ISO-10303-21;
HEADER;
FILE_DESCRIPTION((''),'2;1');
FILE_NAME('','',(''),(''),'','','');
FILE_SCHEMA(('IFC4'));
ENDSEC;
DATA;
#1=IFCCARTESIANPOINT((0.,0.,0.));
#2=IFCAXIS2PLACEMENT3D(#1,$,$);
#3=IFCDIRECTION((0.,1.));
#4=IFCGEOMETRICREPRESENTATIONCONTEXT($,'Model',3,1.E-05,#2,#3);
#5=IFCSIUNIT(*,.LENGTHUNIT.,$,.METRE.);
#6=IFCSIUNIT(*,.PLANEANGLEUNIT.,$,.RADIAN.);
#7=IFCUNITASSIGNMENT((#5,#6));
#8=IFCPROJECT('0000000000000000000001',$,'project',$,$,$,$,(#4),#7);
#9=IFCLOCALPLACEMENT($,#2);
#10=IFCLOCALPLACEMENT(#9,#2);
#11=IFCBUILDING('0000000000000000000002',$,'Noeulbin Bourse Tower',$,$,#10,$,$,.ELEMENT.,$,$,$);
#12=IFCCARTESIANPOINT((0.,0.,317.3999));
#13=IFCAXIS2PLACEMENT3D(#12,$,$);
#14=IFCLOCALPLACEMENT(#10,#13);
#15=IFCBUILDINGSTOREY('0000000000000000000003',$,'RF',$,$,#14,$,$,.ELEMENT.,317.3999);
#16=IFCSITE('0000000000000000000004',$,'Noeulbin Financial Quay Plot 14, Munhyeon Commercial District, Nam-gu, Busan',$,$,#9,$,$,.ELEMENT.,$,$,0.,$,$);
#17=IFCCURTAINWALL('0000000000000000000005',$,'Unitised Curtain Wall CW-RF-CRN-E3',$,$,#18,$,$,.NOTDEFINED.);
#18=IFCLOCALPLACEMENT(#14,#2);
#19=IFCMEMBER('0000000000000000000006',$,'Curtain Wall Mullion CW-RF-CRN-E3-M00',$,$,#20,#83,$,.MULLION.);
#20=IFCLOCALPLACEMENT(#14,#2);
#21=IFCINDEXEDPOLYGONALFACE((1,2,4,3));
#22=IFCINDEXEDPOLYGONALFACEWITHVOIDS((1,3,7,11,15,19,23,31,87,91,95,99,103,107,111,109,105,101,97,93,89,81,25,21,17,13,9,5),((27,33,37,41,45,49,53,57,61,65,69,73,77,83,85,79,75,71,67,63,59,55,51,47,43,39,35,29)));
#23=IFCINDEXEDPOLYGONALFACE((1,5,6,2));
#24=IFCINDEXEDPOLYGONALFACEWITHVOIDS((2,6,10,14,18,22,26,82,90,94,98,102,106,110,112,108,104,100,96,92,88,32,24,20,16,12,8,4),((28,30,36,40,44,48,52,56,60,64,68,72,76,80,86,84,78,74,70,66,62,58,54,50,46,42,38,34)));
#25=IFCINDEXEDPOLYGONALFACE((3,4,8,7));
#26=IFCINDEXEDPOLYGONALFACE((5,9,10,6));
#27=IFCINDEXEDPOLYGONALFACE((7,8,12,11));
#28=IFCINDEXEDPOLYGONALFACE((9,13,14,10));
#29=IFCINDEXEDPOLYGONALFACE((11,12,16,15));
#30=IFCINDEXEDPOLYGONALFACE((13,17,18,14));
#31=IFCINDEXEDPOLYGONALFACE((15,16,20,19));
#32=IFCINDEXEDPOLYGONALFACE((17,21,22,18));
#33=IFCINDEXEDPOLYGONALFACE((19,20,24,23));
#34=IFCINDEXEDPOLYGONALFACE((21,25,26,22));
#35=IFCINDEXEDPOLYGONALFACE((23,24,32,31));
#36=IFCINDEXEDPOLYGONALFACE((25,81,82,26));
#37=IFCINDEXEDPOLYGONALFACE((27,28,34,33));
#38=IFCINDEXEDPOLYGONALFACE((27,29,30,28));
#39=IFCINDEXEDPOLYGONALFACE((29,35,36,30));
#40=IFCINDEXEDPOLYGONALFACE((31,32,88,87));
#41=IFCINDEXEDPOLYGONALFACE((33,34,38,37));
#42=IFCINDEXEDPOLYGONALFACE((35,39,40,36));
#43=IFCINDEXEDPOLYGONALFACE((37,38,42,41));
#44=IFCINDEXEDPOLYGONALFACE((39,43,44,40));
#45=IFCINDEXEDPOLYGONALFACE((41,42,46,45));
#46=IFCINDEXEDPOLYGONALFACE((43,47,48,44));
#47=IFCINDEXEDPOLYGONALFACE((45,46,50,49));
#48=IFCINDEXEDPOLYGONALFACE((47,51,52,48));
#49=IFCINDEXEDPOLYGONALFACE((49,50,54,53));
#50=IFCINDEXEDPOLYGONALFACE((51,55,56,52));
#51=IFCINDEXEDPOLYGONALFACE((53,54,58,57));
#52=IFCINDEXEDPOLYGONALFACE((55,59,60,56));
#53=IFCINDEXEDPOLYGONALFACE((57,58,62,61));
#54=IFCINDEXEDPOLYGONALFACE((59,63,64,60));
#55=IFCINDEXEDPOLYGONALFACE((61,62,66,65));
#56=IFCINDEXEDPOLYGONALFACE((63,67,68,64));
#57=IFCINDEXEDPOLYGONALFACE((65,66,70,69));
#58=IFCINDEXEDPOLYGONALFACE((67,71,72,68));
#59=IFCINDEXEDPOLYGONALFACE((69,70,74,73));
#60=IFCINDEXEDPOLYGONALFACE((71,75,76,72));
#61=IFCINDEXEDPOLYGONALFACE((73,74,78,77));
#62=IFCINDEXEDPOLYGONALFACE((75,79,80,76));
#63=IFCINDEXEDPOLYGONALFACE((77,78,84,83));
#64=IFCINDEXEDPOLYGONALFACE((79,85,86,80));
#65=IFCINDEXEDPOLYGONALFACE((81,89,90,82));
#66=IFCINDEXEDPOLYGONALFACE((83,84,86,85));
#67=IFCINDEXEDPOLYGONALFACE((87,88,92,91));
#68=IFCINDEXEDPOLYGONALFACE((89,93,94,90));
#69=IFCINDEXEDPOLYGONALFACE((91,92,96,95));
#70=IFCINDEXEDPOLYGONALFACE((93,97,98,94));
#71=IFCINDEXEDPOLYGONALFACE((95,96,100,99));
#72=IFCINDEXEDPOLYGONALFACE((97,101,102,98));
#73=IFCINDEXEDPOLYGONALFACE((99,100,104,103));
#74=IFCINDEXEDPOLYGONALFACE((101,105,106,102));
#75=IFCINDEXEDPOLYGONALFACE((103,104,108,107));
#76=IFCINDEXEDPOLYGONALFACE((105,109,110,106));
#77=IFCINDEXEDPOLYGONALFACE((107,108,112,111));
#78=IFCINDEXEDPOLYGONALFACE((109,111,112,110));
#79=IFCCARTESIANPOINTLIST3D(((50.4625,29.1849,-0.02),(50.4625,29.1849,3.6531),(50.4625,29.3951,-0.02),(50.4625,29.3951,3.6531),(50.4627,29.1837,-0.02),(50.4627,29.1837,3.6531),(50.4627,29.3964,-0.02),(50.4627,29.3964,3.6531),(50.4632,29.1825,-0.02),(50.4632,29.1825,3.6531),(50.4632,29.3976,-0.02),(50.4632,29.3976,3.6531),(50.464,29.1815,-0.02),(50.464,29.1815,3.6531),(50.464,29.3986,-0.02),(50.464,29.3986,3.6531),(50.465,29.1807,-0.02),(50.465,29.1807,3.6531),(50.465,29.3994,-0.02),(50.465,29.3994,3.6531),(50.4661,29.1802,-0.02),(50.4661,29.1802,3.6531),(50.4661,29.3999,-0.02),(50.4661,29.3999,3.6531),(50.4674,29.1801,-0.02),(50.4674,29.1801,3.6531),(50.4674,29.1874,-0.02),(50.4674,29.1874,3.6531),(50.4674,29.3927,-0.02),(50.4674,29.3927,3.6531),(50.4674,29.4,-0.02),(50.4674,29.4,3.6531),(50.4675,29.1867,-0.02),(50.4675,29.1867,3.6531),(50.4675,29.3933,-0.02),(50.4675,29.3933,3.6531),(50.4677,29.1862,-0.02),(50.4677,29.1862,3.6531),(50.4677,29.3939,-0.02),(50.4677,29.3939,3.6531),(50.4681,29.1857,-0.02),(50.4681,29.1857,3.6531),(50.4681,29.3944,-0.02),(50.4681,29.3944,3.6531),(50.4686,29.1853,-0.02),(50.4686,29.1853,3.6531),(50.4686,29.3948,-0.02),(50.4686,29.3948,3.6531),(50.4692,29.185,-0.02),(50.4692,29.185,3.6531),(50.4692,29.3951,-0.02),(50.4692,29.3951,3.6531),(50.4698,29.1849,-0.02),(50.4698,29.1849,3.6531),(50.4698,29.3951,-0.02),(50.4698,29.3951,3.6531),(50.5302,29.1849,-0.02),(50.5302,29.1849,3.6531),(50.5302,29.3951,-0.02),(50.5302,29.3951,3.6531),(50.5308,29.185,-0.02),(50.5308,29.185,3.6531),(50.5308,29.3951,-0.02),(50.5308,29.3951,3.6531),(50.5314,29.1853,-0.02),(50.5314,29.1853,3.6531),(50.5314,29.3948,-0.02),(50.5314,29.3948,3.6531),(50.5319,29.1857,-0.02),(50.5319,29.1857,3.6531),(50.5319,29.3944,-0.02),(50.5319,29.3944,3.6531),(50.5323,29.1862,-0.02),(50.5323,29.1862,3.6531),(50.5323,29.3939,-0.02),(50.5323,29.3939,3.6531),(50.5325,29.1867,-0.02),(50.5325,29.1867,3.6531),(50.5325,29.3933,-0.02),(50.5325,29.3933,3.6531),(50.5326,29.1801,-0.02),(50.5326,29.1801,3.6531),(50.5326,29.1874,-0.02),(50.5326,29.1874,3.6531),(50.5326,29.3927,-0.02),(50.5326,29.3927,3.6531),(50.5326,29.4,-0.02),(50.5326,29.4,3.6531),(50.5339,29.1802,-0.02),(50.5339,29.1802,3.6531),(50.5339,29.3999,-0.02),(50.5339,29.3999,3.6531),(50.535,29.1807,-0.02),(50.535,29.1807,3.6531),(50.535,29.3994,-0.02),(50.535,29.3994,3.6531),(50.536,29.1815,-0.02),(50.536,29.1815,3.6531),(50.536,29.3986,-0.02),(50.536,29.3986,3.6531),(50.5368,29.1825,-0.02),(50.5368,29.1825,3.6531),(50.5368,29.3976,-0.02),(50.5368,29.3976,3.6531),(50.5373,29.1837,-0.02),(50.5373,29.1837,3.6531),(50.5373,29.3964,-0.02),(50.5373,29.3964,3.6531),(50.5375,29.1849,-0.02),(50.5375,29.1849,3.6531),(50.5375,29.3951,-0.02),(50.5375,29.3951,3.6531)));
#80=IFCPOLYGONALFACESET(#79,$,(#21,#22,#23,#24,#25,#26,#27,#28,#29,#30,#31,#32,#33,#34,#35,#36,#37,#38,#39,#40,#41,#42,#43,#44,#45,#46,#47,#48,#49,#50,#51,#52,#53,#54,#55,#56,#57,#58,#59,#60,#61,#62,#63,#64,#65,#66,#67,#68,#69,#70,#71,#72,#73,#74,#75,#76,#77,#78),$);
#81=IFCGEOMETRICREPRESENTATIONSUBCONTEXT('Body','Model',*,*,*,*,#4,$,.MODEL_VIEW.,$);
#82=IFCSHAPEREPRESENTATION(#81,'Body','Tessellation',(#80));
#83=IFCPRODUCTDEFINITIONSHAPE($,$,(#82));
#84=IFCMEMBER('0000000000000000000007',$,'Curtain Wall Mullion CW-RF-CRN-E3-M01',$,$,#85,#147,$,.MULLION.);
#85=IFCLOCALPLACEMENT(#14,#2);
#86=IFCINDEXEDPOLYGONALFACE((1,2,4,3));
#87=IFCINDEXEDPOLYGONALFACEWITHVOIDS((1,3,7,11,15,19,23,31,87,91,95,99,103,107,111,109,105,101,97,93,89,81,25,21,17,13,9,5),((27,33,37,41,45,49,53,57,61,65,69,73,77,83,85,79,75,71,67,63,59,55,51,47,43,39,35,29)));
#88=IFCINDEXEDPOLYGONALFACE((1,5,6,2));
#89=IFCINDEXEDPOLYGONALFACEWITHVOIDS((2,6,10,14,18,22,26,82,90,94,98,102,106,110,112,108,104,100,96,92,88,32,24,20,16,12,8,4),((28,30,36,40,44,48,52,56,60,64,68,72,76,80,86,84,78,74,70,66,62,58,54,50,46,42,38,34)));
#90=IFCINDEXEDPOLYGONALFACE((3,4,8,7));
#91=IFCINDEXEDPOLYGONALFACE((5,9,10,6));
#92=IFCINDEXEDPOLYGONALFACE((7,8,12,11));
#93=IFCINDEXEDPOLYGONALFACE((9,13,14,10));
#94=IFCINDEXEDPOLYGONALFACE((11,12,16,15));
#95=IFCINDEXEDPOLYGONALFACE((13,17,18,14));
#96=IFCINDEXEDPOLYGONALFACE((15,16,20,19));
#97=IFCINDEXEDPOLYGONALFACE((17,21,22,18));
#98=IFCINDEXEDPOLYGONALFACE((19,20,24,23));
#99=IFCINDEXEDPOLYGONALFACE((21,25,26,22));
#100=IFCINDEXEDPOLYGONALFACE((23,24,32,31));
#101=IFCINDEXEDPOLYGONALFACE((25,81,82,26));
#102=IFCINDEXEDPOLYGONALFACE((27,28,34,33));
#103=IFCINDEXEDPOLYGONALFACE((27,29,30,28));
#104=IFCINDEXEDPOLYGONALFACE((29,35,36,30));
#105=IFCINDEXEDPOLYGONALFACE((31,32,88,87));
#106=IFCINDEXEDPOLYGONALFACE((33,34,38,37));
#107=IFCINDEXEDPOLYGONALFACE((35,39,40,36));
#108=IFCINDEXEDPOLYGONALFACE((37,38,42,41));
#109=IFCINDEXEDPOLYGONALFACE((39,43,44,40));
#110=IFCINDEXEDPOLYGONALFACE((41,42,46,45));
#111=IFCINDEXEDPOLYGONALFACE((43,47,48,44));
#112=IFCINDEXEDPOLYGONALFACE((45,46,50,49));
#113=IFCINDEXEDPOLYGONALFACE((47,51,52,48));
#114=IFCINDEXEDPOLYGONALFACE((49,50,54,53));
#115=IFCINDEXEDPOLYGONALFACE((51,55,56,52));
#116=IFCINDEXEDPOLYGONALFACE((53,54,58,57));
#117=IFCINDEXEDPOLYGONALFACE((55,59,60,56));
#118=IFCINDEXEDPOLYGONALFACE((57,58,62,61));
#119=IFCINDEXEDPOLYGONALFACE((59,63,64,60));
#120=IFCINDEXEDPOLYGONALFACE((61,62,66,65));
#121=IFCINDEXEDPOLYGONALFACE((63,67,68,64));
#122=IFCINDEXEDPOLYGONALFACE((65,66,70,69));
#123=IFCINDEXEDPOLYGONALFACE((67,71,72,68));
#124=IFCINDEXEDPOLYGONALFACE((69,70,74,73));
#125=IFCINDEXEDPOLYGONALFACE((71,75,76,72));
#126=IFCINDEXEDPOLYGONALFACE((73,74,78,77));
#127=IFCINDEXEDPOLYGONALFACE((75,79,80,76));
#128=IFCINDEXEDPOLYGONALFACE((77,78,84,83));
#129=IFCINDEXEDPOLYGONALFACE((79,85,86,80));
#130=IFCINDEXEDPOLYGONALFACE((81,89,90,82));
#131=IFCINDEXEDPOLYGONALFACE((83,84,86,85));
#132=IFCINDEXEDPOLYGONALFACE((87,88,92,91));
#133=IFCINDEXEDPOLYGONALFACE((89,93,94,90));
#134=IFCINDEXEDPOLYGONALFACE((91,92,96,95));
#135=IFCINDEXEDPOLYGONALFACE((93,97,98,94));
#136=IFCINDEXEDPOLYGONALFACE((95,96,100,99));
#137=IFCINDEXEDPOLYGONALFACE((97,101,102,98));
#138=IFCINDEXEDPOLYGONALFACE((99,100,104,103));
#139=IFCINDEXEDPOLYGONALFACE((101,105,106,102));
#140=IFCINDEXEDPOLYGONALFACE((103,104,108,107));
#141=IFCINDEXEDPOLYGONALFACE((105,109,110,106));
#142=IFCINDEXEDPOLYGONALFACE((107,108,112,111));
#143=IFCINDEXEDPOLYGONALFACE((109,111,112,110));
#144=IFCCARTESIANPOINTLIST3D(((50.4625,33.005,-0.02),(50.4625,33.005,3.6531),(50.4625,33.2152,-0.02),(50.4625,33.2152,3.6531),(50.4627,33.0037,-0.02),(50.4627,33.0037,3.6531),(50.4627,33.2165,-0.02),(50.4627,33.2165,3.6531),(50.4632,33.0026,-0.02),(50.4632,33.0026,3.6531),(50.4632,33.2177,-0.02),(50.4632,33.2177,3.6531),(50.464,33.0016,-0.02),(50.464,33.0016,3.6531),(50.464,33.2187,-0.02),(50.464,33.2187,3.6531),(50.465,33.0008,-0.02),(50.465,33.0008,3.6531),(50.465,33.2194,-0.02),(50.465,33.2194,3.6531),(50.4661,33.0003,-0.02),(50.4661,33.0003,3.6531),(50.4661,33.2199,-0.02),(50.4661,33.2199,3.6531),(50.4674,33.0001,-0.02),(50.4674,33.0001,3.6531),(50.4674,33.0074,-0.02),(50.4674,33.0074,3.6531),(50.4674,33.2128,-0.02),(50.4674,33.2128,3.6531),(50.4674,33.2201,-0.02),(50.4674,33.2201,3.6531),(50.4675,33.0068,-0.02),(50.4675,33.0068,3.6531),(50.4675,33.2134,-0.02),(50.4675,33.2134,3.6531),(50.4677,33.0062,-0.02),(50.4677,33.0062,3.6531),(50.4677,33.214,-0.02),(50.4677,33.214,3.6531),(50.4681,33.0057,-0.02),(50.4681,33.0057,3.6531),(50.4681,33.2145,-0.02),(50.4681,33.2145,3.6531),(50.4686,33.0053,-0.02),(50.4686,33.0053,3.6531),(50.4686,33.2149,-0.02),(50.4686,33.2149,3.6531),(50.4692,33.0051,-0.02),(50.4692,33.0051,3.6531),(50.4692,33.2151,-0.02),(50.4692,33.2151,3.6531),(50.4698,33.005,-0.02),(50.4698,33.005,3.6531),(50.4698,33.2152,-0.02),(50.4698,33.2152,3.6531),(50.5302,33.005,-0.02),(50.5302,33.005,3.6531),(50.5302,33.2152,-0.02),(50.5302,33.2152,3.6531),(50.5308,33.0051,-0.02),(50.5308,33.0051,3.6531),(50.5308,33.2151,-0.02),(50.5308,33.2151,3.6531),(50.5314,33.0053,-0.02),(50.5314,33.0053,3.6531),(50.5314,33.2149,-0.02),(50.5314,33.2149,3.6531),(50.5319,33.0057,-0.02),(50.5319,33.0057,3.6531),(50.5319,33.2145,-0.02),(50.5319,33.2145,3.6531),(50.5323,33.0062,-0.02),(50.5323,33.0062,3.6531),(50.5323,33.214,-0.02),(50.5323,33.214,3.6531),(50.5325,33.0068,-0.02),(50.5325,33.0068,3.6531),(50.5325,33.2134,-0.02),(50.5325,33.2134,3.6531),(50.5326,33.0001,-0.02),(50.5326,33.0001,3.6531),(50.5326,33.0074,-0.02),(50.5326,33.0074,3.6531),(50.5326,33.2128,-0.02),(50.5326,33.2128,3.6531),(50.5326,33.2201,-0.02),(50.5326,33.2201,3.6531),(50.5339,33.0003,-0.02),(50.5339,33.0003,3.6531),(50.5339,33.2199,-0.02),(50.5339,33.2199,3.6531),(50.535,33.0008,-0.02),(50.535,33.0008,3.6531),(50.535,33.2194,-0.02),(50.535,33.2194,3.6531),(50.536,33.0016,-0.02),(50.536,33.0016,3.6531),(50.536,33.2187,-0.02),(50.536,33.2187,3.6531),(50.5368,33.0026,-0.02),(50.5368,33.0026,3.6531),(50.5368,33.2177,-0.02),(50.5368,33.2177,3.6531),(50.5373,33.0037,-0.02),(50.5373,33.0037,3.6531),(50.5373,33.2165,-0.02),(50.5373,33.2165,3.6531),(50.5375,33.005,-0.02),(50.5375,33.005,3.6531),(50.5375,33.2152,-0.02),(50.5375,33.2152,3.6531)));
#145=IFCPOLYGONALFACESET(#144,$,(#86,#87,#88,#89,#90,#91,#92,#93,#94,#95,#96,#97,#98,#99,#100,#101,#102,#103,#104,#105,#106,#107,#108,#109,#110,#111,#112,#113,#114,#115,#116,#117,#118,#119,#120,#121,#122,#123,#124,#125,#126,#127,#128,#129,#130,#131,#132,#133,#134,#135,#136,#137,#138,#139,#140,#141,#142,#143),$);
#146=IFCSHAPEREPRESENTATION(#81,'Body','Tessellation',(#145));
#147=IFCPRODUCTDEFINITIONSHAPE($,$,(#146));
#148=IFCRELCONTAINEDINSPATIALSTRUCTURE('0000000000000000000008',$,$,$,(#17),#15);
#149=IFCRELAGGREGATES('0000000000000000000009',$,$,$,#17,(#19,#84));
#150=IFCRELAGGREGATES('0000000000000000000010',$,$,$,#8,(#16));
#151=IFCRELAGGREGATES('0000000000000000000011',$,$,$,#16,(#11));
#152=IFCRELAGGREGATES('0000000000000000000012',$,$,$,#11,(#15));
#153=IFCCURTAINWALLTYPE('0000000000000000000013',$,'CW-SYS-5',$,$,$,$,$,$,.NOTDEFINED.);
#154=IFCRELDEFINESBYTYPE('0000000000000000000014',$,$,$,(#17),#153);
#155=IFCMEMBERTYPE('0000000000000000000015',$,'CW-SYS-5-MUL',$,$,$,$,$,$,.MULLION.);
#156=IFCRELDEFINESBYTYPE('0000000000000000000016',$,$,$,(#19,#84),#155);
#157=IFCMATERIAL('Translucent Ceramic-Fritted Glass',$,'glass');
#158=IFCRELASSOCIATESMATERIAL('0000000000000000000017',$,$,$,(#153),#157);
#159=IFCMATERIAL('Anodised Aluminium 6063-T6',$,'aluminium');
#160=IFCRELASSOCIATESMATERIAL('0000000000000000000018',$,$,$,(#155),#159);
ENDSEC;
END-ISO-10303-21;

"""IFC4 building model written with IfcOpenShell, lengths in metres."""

from ifc_helpers import new_model, si_unit, direction, frame, origin, origin_2d, place, context, subcontext, project, spatial, hollow_rectangle, extrude, material, material_profile, profile_set, type_object, element, aggregate, save


model = new_model("IFC4")

# Units and contexts
model_context = context("Model", 3, precision=1e-05, world=origin(), true_north=direction((0.0, 1.0)))
body_context = subcontext(model_context, "Body", "Model", "MODEL_VIEW")
ifc_project = project(units=[si_unit("LENGTHUNIT", "METRE"), si_unit("PLANEANGLEUNIT", "RADIAN")], contexts=[model_context])

# Site, building, storey
site_placement = place(None, origin())
site = spatial("IfcSite", under=ifc_project, at=site_placement, Name="Noeulbin Financial Quay Plot 14, Munhyeon Commercial District, Nam-gu, Busan", CompositionType="ELEMENT", RefElevation=0.0)
building_placement = place(site_placement, origin())
building = spatial("IfcBuilding", under=site, at=building_placement, Name="Noeulbin Bourse Tower", CompositionType="ELEMENT")
storey_placement = place(building_placement, frame((0.0, 0.0, 317.3999)))
storey = spatial("IfcBuildingStorey", under=building, at=storey_placement, Name="RF", CompositionType="ELEMENT", Elevation=317.3999)

# Curtain wall, members
ifc_material_1 = material(Name="Translucent Ceramic-Fritted Glass", Category="glass")
curtain_wall_type = type_object("IfcCurtainWallType", Name="CW-SYS-5", PredefinedType="NOTDEFINED", material=ifc_material_1)
ifc_material_2 = material(Name="Anodised Aluminium 6063-T6", Category="aluminium")
ifc_material_profile_1 = material_profile(ifc_material_2, hollow_rectangle(XDim=0.075, YDim=0.22, WallThickness=0.0049, InnerFilletRadius=0.0024, OuterFilletRadius=0.0049, at=origin_2d()), Name="ALU-MULL-75x220x5", Category="LoadBearing")
ifc_profile_set_1 = profile_set([ifc_material_profile_1], Name="Anodised Aluminium 6063-T6")
member_type_1 = type_object("IfcMemberType", Name="CW-SYS-5-MUL", PredefinedType="MULLION", material=ifc_profile_set_1)
curtain_wall_1_placement = place(storey_placement, origin())
curtain_wall_1 = element("IfcCurtainWall", 1, at=curtain_wall_1_placement, inside=storey, type_object=curtain_wall_type, Name="Unitised Curtain Wall CW-RF-CRN-E3", PredefinedType="NOTDEFINED")
member_1_placement = place(storey_placement, frame((50.5, 29.29, -0.02), z_axis=(0.0, 0.0, 1.0), x_axis=(1.0, 0.0, 0.0)))
member_1 = element("IfcMember", 2, at=member_1_placement, type_object=member_type_1, Name="Curtain Wall Mullion CW-RF-CRN-E3-M00", PredefinedType="MULLION", context=body_context, shape_type="SweptSolid", body=[
    extrude(hollow_rectangle(XDim=0.075, YDim=0.22, WallThickness=0.0049, InnerFilletRadius=0.0024, OuterFilletRadius=0.0049, at=origin_2d()), origin(), (0.0, 0.0, 1.0), 3.6731),
])
member_2_placement = place(storey_placement, frame((50.5, 33.1101, -0.02), z_axis=(0.0, 0.0, 1.0), x_axis=(1.0, 0.0, 0.0)))
member_2 = element("IfcMember", 3, at=member_2_placement, type_object=member_type_1, Name="Curtain Wall Mullion CW-RF-CRN-E3-M01", PredefinedType="MULLION", context=body_context, shape_type="SweptSolid", body=[
    extrude(hollow_rectangle(XDim=0.075, YDim=0.22, WallThickness=0.0049, InnerFilletRadius=0.0024, OuterFilletRadius=0.0049, at=origin_2d()), origin(), (0.0, 0.0, 1.0), 3.6731),
])

aggregate(curtain_wall_1, [member_1, member_2])

save(model, "model.ifc")
